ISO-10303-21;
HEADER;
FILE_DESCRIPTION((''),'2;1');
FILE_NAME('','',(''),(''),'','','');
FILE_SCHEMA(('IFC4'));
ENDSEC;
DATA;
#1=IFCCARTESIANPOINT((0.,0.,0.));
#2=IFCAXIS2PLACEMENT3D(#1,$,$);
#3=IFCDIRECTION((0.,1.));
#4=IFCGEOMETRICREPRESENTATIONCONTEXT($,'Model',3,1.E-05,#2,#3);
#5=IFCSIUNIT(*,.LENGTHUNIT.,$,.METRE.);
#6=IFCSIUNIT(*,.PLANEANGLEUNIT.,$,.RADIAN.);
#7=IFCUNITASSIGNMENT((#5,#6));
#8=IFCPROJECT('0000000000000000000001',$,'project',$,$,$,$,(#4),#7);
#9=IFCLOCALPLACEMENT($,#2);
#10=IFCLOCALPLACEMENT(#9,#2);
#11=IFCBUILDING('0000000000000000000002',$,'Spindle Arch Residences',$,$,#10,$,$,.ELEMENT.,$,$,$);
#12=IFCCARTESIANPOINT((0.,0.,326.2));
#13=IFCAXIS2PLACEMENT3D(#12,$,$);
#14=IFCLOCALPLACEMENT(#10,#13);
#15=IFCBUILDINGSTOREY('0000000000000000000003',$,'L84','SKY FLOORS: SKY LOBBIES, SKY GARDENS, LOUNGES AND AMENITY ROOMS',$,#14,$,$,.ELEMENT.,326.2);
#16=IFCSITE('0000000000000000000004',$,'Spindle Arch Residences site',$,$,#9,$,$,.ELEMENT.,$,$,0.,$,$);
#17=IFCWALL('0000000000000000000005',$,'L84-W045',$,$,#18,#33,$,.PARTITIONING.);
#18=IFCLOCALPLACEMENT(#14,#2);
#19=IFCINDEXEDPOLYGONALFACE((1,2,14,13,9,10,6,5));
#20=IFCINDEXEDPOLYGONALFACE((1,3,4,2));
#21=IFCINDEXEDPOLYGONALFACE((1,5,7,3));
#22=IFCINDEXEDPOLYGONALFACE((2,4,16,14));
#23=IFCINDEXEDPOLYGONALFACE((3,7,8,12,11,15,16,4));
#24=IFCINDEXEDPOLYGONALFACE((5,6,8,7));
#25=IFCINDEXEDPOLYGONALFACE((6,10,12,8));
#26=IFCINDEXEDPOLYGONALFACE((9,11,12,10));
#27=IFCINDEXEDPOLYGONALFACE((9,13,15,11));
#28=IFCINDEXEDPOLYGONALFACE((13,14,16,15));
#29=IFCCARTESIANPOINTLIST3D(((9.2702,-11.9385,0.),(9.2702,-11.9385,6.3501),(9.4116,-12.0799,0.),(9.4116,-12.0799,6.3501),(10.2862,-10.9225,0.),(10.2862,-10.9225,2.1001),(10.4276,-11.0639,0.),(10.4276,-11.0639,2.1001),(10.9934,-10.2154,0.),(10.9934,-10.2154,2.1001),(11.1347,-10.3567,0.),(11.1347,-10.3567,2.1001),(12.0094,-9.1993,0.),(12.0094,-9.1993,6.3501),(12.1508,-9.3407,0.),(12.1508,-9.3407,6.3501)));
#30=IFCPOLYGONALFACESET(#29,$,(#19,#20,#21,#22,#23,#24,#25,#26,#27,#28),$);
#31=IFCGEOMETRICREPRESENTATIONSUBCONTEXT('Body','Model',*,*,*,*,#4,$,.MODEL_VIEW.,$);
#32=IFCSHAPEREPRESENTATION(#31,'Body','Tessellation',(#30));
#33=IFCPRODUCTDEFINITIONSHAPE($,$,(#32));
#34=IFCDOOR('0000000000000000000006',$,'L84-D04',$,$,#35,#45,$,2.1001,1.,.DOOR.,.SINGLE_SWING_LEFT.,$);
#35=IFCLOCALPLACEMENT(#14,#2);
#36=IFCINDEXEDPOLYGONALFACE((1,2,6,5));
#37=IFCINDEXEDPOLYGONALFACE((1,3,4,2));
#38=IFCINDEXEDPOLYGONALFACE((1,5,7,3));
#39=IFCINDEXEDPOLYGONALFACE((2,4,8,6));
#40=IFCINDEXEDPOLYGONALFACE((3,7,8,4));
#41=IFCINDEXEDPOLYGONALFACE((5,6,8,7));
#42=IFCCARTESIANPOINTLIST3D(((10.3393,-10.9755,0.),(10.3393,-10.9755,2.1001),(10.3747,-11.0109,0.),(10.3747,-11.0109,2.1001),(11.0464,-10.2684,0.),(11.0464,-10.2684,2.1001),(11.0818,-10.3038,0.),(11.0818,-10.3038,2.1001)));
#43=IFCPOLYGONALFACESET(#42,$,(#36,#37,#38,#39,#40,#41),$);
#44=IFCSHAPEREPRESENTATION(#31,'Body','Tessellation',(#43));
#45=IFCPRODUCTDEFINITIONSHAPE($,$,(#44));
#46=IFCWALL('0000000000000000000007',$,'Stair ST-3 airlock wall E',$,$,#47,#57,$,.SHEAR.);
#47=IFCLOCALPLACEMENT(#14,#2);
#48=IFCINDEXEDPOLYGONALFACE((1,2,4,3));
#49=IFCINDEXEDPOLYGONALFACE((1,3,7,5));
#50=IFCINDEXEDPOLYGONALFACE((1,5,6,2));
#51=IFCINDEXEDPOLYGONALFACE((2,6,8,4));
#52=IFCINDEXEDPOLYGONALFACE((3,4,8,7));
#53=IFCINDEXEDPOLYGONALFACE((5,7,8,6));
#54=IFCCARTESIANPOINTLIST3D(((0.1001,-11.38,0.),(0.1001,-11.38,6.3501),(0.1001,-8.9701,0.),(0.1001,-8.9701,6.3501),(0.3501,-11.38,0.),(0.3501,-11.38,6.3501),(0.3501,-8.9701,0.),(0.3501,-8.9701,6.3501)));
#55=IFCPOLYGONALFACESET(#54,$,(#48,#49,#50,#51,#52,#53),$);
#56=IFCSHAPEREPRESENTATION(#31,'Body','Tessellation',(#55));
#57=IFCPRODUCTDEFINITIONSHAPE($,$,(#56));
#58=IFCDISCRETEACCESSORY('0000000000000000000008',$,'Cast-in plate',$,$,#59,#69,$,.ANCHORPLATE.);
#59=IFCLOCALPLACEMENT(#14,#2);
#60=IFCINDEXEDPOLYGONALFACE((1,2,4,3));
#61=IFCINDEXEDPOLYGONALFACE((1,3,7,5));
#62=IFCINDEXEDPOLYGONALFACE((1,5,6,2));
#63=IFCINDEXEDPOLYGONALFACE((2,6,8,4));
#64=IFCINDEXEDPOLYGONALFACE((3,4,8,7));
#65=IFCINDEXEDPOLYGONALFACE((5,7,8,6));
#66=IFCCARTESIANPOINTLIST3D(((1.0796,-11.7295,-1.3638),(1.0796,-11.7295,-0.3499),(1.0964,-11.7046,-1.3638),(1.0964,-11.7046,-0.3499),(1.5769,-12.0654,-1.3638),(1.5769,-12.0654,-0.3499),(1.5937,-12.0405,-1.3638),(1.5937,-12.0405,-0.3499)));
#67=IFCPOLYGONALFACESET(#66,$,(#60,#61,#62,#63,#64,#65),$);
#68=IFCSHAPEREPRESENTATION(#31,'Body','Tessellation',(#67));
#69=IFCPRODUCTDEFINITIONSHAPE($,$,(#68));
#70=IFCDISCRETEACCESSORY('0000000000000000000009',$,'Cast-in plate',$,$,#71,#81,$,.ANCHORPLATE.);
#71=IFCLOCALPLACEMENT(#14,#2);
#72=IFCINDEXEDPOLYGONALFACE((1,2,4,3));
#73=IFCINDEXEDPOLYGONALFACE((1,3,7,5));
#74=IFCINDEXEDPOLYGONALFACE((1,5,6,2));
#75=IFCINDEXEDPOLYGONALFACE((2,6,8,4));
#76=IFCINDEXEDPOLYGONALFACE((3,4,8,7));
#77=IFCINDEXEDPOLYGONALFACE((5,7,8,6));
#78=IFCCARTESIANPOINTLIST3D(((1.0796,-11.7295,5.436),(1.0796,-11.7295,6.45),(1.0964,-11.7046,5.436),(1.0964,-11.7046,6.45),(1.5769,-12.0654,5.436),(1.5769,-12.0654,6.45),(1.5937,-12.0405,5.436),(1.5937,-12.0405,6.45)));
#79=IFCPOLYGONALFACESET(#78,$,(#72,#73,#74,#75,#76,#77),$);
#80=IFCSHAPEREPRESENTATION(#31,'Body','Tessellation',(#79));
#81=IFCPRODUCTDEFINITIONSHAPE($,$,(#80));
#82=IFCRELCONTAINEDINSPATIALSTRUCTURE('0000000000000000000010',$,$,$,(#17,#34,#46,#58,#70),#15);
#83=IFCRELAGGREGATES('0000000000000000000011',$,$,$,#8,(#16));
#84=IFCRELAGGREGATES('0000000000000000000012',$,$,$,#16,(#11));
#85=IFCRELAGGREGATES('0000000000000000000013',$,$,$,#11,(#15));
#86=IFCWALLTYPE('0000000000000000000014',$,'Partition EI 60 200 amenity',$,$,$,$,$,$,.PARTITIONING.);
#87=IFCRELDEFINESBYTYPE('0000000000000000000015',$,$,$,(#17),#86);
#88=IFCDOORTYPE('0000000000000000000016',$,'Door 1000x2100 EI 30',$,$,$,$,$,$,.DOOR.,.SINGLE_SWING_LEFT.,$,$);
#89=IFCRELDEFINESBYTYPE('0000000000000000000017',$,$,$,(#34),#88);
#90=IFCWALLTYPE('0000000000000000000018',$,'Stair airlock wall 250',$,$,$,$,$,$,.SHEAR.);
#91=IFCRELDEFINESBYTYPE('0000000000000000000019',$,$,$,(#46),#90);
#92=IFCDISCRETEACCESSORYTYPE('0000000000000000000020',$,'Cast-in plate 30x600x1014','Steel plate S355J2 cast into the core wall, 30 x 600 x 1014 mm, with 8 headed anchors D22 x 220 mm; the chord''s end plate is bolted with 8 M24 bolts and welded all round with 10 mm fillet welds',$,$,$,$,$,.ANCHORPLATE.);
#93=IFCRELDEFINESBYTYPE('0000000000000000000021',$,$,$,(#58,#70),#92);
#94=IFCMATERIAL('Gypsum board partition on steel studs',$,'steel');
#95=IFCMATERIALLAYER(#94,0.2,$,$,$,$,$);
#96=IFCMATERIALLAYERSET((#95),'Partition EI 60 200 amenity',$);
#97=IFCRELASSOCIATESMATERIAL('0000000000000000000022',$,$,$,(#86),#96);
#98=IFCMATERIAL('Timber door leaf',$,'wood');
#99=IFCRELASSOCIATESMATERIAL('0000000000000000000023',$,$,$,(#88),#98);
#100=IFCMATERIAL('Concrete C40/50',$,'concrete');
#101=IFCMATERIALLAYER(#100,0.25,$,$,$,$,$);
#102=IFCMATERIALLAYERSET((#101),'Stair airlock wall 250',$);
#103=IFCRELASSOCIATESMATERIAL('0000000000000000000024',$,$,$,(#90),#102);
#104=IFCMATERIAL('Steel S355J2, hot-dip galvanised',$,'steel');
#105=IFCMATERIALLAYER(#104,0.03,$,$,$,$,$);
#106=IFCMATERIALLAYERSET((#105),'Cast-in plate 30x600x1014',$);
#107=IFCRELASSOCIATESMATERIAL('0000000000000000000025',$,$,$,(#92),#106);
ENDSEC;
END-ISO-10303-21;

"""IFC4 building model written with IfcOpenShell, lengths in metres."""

from ifc_helpers import new_model, si_unit, direction, frame, frame_2d, origin, origin_2d, place, context, subcontext, project, spatial, rectangle, extrude, material, layer, layer_set, type_object, element, fill, save


model = new_model("IFC4")

# Units and contexts
model_context = context("Model", 3, precision=1e-05, world=origin(), true_north=direction((0.0, 1.0)))
body_context = subcontext(model_context, "Body", "Model", "MODEL_VIEW")
ifc_project = project(units=[si_unit("LENGTHUNIT", "METRE"), si_unit("PLANEANGLEUNIT", "RADIAN")], contexts=[model_context])

# Site, building, storey
site_placement = place(None, origin())
site = spatial("IfcSite", under=ifc_project, at=site_placement, Name="Spindle Arch Residences site", CompositionType="ELEMENT", RefElevation=0.0)
building_placement = place(site_placement, origin())
building = spatial("IfcBuilding", under=site, at=building_placement, Name="Spindle Arch Residences", CompositionType="ELEMENT")
storey_placement = place(building_placement, frame((0.0, 0.0, 326.2)))
storey = spatial("IfcBuildingStorey", under=building, at=storey_placement, Name="L84", Description="SKY FLOORS: SKY LOBBIES, SKY GARDENS, LOUNGES AND AMENITY ROOMS", CompositionType="ELEMENT", Elevation=326.2)

# Shared definitions
ifc_material_1 = material(Name="Gypsum board partition on steel studs", Category="steel")
ifc_layer_1 = layer(ifc_material_1, 0.2)
ifc_layer_set_1 = layer_set([ifc_layer_1], Name="Partition EI 60 200 amenity")
wall_type_1 = type_object("IfcWallType", Name="Partition EI 60 200 amenity", PredefinedType="PARTITIONING", material=ifc_layer_set_1)

# Shared definitions
ifc_material_2 = material(Name="Timber door leaf", Category="wood")
door_type_1 = type_object("IfcDoorType", Name="Door 1000x2100 EI 30", OperationType="SINGLE_SWING_LEFT", PredefinedType="DOOR", material=ifc_material_2)

# Wall, opening, door
wall_1_placement = place(storey_placement, frame((9.3408, -12.0093, 0.0), z_axis=(0.0, 0.0, 1.0), x_axis=(0.707107, 0.707107, 0.0)))
wall_1 = element("IfcWall", 1, at=wall_1_placement, inside=storey, type_object=wall_type_1, Name="L84-W045", PredefinedType="PARTITIONING", context=body_context, shape_type="SweptSolid", body=[
    extrude(rectangle(XDim=3.8738, YDim=0.2, at=frame_2d((1.937, 0.0))), origin(), (0.0, 0.0, 1.0), 6.3501),
])
opening_1_placement = place(wall_1_placement, frame((1.437, 0.0, 0.0)))
opening_1 = element("IfcOpeningElement", 2, at=opening_1_placement, cuts=wall_1, PredefinedType="OPENING", context=body_context, shape_type="SweptSolid", body=[
    extrude(rectangle(XDim=1.0, YDim=2.1001, at=frame_2d((0.5, 1.05))), frame((0.0, 0.1099, 0.0), z_axis=(0.0, -1.0, 0.0), x_axis=(1.0, 0.0, 0.0)), (0.0, 0.0, 1.0), 0.22),
])
door_1_placement = place(opening_1_placement, origin())
door_1 = element("IfcDoor", 3, at=door_1_placement, inside=storey, type_object=door_type_1, Name="L84-D04", OperationType="SINGLE_SWING_LEFT", OverallHeight=2.1001, OverallWidth=1.0, PredefinedType="DOOR", context=body_context, shape_type="SweptSolid", body=[
    extrude(rectangle(XDim=1.0, YDim=2.1001, at=frame_2d((0.5, 1.05))), frame((0.0, 0.0249, 0.0), z_axis=(0.0, -1.0, 0.0), x_axis=(1.0, 0.0, 0.0)), (0.0, 0.0, 1.0), 0.05),
])
fill(opening_1, door_1)

# Wall
ifc_material_3 = material(Name="Concrete C40/50", Category="concrete")
ifc_layer_2 = layer(ifc_material_3, 0.25)
ifc_layer_set_2 = layer_set([ifc_layer_2], Name="Stair airlock wall 250")
wall_type_2 = type_object("IfcWallType", Name="Stair airlock wall 250", PredefinedType="SHEAR", material=ifc_layer_set_2)
wall_2_placement = place(storey_placement, frame((0.2251, -8.97, 0.0), z_axis=(0.0, 0.0, 1.0), x_axis=(0.0, -1.0, 0.0)))
element("IfcWall", 4, at=wall_2_placement, inside=storey, type_object=wall_type_2, Name="Stair ST-3 airlock wall E", PredefinedType="SHEAR", context=body_context, shape_type="SweptSolid", body=[
    extrude(rectangle(XDim=2.4099, YDim=0.25, at=frame_2d((1.2051, 0.0))), origin(), (0.0, 0.0, 1.0), 6.3501),
])

# Discrete accessories
ifc_material_4 = material(Name="Steel S355J2, hot-dip galvanised", Category="steel")
ifc_layer_3 = layer(ifc_material_4, 0.03)
ifc_layer_set_3 = layer_set([ifc_layer_3], Name="Cast-in plate 30x600x1014")
discrete_accessory_type = type_object("IfcDiscreteAccessoryType", Name="Cast-in plate 30x600x1014", Description="Steel plate S355J2 cast into the core wall, 30 x 600 x 1014 mm, with 8 headed anchors D22 x 220 mm; the chord's end plate is bolted with 8 M24 bolts and welded all round with 10 mm fillet welds", PredefinedType="ANCHORPLATE", material=ifc_layer_set_3)
for number, where, z_axis, x_axis, name in (
    (5, (1.3367, -11.885, -1.3638), (0.0, 0.0, 1.0), (-0.559803, -0.828625, 0.0), "Cast-in plate"),
    (6, (1.3367, -11.885, 5.436), (0.0, 0.0, 1.0), (-0.559803, -0.828625, 0.0), "Cast-in plate"),
):
    element("IfcDiscreteAccessory", number, at=place(storey_placement, frame(where, z_axis=z_axis, x_axis=x_axis)), inside=storey, type_object=discrete_accessory_type, Name=name, PredefinedType="ANCHORPLATE", context=body_context, shape_type="SweptSolid", body=[
        extrude(rectangle(XDim=0.03, YDim=0.6001, at=origin_2d()), origin(), (0.0, 0.0, 1.0), 1.0139),
    ])

save(model, "model.ifc")
